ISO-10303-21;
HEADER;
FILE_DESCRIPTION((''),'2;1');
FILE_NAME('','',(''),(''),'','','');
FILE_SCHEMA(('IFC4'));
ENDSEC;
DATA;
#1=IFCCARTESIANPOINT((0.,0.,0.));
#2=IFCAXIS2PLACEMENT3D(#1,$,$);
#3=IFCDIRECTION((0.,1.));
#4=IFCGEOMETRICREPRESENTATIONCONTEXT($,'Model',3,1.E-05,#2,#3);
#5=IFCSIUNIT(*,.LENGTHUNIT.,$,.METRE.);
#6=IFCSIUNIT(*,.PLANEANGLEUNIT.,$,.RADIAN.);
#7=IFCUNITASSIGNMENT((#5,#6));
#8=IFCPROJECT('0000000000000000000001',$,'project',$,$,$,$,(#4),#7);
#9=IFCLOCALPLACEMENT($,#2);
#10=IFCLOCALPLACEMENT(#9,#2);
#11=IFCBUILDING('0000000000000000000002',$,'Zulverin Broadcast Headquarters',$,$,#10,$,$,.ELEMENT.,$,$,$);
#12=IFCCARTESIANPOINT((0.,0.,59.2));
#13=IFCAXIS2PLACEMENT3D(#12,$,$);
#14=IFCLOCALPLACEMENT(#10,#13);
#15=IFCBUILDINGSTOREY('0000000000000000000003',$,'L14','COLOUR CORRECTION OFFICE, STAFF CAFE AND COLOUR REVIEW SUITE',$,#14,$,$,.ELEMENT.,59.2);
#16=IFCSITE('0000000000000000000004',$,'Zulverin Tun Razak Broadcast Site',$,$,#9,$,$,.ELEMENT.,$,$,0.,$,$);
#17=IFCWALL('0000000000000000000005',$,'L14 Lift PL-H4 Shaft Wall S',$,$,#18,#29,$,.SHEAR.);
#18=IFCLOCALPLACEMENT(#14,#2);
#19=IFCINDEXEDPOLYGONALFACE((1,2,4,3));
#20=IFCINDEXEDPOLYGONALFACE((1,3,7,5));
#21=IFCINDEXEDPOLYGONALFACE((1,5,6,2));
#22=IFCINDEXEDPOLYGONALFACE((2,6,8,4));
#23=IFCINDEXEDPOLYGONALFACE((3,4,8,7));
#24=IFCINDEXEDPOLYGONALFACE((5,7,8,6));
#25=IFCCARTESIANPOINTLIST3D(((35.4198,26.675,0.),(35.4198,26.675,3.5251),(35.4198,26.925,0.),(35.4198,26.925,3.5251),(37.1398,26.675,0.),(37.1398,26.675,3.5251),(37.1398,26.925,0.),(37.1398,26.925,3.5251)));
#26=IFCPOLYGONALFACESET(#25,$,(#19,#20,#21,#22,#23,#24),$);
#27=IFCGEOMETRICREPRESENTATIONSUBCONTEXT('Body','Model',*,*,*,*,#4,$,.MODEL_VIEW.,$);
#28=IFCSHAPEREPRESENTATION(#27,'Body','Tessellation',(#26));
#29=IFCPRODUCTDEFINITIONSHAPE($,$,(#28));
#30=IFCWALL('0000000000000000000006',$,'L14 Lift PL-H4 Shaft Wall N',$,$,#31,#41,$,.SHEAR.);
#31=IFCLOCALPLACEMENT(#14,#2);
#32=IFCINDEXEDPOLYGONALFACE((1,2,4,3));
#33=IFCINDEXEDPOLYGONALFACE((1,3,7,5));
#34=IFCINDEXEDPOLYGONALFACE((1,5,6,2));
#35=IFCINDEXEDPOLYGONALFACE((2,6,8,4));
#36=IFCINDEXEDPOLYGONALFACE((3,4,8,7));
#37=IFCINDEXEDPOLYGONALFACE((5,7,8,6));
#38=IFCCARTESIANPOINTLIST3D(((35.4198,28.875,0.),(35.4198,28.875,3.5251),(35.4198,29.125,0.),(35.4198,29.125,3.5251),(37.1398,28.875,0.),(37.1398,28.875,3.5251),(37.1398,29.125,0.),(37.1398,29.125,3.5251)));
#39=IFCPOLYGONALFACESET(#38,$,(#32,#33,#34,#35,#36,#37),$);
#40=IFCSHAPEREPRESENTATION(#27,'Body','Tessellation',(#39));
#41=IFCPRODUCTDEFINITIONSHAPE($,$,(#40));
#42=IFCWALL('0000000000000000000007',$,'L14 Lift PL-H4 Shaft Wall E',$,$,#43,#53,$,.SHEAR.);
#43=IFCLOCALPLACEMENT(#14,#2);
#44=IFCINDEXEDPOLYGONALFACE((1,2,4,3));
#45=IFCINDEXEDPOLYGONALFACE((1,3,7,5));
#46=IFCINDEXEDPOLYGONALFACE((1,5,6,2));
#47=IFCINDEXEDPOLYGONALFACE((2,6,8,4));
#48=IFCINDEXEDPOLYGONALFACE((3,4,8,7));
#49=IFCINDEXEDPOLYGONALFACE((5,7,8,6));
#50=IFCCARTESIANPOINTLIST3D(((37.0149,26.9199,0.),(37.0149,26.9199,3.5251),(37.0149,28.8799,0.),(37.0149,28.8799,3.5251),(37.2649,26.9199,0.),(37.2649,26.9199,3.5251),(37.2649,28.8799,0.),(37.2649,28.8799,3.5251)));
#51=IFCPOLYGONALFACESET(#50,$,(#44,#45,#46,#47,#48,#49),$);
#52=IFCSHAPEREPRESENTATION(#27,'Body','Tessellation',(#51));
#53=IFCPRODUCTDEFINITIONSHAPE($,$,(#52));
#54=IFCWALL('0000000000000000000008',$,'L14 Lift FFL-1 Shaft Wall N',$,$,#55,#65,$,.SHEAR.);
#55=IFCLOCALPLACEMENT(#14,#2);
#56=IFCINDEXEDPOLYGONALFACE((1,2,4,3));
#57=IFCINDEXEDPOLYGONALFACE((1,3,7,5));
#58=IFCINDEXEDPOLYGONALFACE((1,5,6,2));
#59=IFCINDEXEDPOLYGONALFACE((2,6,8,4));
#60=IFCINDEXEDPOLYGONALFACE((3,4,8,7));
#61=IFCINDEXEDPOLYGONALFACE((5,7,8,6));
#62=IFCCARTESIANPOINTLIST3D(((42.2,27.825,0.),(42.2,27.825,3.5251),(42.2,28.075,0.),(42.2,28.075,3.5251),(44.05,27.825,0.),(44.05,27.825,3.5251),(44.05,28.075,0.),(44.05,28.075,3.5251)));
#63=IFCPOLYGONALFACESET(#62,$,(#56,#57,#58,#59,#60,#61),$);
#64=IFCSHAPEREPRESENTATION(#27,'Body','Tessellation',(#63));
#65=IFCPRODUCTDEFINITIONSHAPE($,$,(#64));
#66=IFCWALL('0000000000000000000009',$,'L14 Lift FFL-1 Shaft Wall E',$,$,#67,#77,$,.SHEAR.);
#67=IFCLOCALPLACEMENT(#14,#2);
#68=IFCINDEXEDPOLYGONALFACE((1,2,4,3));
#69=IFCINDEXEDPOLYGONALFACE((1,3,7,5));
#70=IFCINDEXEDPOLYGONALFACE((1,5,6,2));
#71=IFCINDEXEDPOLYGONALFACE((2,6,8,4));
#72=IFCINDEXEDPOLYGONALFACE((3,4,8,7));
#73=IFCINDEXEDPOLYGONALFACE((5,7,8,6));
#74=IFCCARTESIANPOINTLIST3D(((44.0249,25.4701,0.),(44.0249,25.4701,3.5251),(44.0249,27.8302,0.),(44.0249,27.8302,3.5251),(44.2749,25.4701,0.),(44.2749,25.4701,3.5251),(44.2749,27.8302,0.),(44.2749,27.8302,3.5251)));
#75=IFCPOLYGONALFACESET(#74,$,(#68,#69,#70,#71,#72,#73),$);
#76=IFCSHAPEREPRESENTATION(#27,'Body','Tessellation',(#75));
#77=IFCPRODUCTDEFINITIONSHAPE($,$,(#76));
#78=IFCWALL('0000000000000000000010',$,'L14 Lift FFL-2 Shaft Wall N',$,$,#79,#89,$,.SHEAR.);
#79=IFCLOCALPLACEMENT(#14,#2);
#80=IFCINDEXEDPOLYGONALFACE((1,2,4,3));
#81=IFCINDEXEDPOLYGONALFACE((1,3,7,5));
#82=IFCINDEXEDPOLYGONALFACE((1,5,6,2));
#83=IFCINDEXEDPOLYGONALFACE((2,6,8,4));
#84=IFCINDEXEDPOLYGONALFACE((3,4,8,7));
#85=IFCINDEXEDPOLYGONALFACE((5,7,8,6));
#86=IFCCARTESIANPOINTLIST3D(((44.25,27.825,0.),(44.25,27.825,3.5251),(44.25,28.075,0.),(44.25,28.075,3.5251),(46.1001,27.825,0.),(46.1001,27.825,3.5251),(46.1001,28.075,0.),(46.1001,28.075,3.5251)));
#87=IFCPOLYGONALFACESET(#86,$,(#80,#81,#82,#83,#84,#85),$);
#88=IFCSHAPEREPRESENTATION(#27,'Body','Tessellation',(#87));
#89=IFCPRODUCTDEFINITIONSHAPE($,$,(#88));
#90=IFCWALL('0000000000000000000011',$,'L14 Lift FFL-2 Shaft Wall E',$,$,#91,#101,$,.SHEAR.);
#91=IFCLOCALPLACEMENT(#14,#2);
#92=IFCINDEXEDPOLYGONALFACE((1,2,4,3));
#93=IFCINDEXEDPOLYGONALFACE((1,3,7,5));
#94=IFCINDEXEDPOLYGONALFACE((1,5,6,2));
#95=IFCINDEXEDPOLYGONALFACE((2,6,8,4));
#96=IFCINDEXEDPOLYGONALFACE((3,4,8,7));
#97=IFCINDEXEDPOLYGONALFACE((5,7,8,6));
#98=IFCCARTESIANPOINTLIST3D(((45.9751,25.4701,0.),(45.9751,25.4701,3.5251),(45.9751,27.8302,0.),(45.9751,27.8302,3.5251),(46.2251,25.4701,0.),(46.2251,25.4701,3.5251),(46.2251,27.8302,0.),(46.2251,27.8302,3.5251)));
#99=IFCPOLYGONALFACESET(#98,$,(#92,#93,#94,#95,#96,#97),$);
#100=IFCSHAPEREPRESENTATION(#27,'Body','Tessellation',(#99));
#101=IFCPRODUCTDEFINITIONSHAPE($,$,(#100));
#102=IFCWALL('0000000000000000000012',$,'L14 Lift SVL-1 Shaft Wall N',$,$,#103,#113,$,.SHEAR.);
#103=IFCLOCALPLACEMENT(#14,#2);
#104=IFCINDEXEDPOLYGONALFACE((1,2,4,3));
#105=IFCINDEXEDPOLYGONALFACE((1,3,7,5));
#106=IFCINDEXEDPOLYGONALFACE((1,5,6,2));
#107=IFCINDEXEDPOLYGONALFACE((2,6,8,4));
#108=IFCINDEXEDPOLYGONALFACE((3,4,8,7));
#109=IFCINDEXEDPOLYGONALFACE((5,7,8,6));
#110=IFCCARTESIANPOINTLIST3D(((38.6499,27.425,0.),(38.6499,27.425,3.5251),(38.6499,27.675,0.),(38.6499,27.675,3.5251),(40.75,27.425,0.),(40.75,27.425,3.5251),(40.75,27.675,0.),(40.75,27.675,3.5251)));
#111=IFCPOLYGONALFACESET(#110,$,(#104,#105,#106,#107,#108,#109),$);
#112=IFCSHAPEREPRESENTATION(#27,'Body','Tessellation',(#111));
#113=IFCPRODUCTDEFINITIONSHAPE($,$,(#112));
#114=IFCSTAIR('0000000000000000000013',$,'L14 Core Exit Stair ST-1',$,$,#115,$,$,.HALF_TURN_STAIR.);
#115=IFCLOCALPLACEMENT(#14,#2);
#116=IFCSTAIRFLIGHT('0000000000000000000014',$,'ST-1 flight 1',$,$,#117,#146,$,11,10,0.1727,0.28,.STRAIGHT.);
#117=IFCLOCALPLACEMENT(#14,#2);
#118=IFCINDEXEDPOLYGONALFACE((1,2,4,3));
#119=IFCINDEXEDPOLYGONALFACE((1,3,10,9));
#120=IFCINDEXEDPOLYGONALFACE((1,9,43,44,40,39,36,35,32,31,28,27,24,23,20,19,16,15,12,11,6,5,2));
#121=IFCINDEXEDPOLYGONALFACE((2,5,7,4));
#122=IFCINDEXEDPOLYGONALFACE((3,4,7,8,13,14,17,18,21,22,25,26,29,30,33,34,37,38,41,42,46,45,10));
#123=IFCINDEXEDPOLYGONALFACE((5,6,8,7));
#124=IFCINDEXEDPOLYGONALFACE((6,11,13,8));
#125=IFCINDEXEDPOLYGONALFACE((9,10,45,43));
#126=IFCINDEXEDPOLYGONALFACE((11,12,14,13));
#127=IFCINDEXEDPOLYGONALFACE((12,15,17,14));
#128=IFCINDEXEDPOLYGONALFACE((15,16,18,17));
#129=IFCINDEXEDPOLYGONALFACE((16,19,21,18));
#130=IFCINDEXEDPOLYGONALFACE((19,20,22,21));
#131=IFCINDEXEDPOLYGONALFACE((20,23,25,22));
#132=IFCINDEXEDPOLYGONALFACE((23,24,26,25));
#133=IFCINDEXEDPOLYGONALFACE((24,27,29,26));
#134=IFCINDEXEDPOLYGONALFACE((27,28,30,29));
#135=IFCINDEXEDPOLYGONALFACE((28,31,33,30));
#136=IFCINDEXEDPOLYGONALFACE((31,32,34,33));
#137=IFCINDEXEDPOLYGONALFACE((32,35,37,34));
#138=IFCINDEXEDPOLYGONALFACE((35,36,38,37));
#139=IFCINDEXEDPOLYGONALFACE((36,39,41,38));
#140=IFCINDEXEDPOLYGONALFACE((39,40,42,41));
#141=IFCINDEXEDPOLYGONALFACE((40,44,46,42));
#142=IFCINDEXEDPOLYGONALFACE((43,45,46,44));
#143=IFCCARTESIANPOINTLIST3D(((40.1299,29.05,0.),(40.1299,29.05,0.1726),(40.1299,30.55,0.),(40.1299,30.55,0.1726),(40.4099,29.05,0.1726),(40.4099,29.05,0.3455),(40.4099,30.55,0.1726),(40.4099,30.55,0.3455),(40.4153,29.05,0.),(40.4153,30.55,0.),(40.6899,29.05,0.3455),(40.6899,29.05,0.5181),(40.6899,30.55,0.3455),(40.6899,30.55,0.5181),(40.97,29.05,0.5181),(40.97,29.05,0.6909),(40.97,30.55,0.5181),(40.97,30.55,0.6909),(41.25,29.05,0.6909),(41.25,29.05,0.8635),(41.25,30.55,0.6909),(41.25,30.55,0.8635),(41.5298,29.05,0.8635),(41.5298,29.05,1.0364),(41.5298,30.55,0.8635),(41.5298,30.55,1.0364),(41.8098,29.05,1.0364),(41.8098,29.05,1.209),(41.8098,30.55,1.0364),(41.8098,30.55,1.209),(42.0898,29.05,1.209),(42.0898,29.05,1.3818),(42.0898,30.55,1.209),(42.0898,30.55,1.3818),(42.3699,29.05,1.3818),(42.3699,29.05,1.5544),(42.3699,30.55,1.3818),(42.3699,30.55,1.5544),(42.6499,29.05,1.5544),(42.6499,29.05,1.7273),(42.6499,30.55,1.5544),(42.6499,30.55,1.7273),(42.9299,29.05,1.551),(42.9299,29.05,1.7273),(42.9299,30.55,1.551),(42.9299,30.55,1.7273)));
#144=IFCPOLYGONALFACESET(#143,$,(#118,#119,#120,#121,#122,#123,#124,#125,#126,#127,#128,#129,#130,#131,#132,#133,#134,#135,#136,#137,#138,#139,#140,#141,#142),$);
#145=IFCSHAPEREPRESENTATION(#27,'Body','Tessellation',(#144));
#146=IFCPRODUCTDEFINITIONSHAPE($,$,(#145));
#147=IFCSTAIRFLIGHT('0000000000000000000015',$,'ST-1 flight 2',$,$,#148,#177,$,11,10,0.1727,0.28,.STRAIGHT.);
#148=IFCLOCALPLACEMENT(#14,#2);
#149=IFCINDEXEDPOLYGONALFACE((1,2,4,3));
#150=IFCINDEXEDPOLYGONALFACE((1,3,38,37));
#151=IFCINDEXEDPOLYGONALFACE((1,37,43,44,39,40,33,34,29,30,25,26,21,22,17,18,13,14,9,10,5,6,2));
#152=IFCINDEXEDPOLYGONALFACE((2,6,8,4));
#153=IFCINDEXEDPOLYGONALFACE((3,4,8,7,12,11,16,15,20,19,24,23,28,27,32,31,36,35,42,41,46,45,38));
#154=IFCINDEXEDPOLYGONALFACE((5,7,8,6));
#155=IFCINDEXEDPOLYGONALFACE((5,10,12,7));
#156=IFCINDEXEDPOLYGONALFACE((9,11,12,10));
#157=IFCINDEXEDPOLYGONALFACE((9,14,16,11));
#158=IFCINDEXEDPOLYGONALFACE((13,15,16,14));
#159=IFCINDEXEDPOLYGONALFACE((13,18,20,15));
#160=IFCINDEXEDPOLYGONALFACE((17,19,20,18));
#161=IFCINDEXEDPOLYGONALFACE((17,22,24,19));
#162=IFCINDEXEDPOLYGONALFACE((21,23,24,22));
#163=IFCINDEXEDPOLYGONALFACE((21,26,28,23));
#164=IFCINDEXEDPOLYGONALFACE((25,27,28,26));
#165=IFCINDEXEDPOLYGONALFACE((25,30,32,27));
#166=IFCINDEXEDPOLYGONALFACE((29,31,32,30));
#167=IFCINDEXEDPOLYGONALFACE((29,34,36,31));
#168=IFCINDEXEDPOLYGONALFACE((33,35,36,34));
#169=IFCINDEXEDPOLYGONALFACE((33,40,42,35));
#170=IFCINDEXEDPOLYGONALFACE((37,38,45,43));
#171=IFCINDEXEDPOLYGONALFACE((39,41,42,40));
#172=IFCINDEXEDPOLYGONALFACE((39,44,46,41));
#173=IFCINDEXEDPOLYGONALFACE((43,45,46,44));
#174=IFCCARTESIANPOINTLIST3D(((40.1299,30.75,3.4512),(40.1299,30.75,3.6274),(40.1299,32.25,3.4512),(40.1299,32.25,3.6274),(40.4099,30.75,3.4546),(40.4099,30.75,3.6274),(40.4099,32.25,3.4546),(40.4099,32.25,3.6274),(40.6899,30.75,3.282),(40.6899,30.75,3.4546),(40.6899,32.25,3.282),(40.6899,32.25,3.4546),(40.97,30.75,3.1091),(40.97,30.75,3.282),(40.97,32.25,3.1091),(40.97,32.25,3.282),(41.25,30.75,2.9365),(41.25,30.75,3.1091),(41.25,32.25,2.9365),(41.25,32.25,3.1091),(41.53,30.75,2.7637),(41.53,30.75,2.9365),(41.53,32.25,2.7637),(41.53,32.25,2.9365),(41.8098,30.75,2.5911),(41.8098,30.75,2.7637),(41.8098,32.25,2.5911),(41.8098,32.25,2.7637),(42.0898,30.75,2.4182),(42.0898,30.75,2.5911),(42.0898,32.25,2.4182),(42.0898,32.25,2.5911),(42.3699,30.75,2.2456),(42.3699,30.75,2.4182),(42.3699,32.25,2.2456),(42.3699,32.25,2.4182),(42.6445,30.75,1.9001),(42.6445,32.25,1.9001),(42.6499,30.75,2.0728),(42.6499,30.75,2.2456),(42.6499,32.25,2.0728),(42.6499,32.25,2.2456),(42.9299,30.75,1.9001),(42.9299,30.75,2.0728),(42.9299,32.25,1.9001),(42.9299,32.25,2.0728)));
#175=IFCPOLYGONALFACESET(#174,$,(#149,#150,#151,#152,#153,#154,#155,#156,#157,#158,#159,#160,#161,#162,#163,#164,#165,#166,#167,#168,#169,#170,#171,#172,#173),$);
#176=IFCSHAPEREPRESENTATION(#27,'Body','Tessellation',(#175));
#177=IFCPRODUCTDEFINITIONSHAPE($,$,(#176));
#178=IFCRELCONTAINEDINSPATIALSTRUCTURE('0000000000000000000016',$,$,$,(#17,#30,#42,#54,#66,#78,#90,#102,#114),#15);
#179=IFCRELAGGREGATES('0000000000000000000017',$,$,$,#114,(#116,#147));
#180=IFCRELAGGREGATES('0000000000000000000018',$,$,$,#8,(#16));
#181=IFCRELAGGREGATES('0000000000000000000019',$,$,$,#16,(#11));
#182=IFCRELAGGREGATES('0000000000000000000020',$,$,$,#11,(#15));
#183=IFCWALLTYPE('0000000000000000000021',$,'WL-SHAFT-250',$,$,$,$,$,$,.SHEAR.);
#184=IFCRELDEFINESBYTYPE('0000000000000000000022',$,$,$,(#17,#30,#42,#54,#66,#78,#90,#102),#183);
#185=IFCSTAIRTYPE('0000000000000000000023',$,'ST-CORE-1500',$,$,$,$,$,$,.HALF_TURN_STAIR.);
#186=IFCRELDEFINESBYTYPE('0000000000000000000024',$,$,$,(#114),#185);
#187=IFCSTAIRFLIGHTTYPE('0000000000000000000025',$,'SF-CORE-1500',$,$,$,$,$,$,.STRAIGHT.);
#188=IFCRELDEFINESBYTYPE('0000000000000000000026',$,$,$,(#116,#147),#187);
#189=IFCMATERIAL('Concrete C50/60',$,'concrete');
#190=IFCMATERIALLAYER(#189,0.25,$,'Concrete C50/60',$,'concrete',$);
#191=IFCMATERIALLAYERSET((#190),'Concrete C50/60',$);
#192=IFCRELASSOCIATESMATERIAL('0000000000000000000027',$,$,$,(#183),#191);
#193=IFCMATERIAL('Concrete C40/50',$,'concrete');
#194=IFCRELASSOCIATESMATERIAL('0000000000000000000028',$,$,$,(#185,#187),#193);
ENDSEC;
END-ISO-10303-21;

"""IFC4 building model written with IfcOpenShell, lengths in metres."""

from ifc_helpers import new_model, si_unit, direction, frame, frame_2d, origin, place, context, subcontext, project, spatial, polyline, rectangle, outline, extrude, material, layer, layer_set, type_object, element, aggregate, save


model = new_model("IFC4")

# Units and contexts
model_context = context("Model", 3, precision=1e-05, world=origin(), true_north=direction((0.0, 1.0)))
body_context = subcontext(model_context, "Body", "Model", "MODEL_VIEW")
ifc_project = project(units=[si_unit("LENGTHUNIT", "METRE"), si_unit("PLANEANGLEUNIT", "RADIAN")], contexts=[model_context])

# Site, building, storey
site_placement = place(None, origin())
site = spatial("IfcSite", under=ifc_project, at=site_placement, Name="Zulverin Tun Razak Broadcast Site", CompositionType="ELEMENT", RefElevation=0.0)
building_placement = place(site_placement, origin())
building = spatial("IfcBuilding", under=site, at=building_placement, Name="Zulverin Broadcast Headquarters", CompositionType="ELEMENT")
storey_placement = place(building_placement, frame((0.0, 0.0, 59.2)))
storey = spatial("IfcBuildingStorey", under=building, at=storey_placement, Name="L14", Description="COLOUR CORRECTION OFFICE, STAFF CAFE AND COLOUR REVIEW SUITE", CompositionType="ELEMENT", Elevation=59.2)

# Shared definitions
ifc_material_1 = material(Name="Concrete C40/50", Category="concrete")

# Shared definitions
ifc_material_2 = material(Name="Concrete C50/60", Category="concrete")
ifc_layer_1 = layer(ifc_material_2, 0.25, Name="Concrete C50/60", Category="concrete")
ifc_layer_set_1 = layer_set([ifc_layer_1], Name="Concrete C50/60")
wall_type_1 = type_object("IfcWallType", Name="WL-SHAFT-250", PredefinedType="SHEAR", material=ifc_layer_set_1)

# Walls
for number, where, z_axis, x_axis, name in (
    (1, (35.4199, 26.8, 0.0), (0.0, 0.0, 1.0), (1.0, 0.0, 0.0), "L14 Lift PL-H4 Shaft Wall S"),
    (2, (35.4199, 29.0, 0.0), (0.0, 0.0, 1.0), (1.0, 0.0, 0.0), "L14 Lift PL-H4 Shaft Wall N"),
):
    element("IfcWall", number, at=place(storey_placement, frame(where, z_axis=z_axis, x_axis=x_axis)), inside=storey, type_object=wall_type_1, Name=name, PredefinedType="SHEAR", context=body_context, shape_type="SweptSolid", body=[
        extrude(rectangle(XDim=1.72, YDim=0.25, at=frame_2d((0.8599, 0.0))), origin(), (0.0, 0.0, 1.0), 3.5251),
    ])
wall_1_placement = place(storey_placement, frame((37.1399, 26.9199, 0.0), z_axis=(0.0, 0.0, 1.0), x_axis=(0.0, 1.0, 0.0)))
element("IfcWall", 3, at=wall_1_placement, inside=storey, type_object=wall_type_1, Name="L14 Lift PL-H4 Shaft Wall E", PredefinedType="SHEAR", context=body_context, shape_type="SweptSolid", body=[
    extrude(rectangle(XDim=1.96, YDim=0.25, at=frame_2d((0.98, 0.0))), origin(), (0.0, 0.0, 1.0), 3.5251),
])
wall_2_placement = place(storey_placement, frame((42.2, 27.95, 0.0), z_axis=(0.0, 0.0, 1.0), x_axis=(1.0, 0.0, 0.0)))
element("IfcWall", 4, at=wall_2_placement, inside=storey, type_object=wall_type_1, Name="L14 Lift FFL-1 Shaft Wall N", PredefinedType="SHEAR", context=body_context, shape_type="SweptSolid", body=[
    extrude(rectangle(XDim=1.8501, YDim=0.25, at=frame_2d((0.925, 0.0))), origin(), (0.0, 0.0, 1.0), 3.5251),
])
wall_3_placement = place(storey_placement, frame((44.1499, 25.47, 0.0), z_axis=(0.0, 0.0, 1.0), x_axis=(0.0, 1.0, 0.0)))
element("IfcWall", 5, at=wall_3_placement, inside=storey, type_object=wall_type_1, Name="L14 Lift FFL-1 Shaft Wall E", PredefinedType="SHEAR", context=body_context, shape_type="SweptSolid", body=[
    extrude(rectangle(XDim=2.3601, YDim=0.25, at=frame_2d((1.1802, 0.0))), origin(), (0.0, 0.0, 1.0), 3.5251),
])
wall_4_placement = place(storey_placement, frame((44.25, 27.95, 0.0), z_axis=(0.0, 0.0, 1.0), x_axis=(1.0, 0.0, 0.0)))
element("IfcWall", 6, at=wall_4_placement, inside=storey, type_object=wall_type_1, Name="L14 Lift FFL-2 Shaft Wall N", PredefinedType="SHEAR", context=body_context, shape_type="SweptSolid", body=[
    extrude(rectangle(XDim=1.8501, YDim=0.25, at=frame_2d((0.925, 0.0))), origin(), (0.0, 0.0, 1.0), 3.5251),
])
wall_5_placement = place(storey_placement, frame((46.1001, 25.47, 0.0), z_axis=(0.0, 0.0, 1.0), x_axis=(0.0, 1.0, 0.0)))
element("IfcWall", 7, at=wall_5_placement, inside=storey, type_object=wall_type_1, Name="L14 Lift FFL-2 Shaft Wall E", PredefinedType="SHEAR", context=body_context, shape_type="SweptSolid", body=[
    extrude(rectangle(XDim=2.3601, YDim=0.25, at=frame_2d((1.1802, 0.0))), origin(), (0.0, 0.0, 1.0), 3.5251),
])
wall_6_placement = place(storey_placement, frame((38.6499, 27.55, 0.0), z_axis=(0.0, 0.0, 1.0), x_axis=(1.0, 0.0, 0.0)))
element("IfcWall", 8, at=wall_6_placement, inside=storey, type_object=wall_type_1, Name="L14 Lift SVL-1 Shaft Wall N", PredefinedType="SHEAR", context=body_context, shape_type="SweptSolid", body=[
    extrude(rectangle(XDim=2.1001, YDim=0.25, at=frame_2d((1.05, 0.0))), origin(), (0.0, 0.0, 1.0), 3.5251),
])

# Stair, stair flights
stair_type = type_object("IfcStairType", Name="ST-CORE-1500", PredefinedType="HALF_TURN_STAIR", material=ifc_material_1)
stair_placement = place(storey_placement, origin())
stair = element("IfcStair", 9, at=stair_placement, inside=storey, type_object=stair_type, Name="L14 Core Exit Stair ST-1", PredefinedType="HALF_TURN_STAIR")
stair_flight_type = type_object("IfcStairFlightType", Name="SF-CORE-1500", PredefinedType="STRAIGHT", material=ifc_material_1)
stair_flight_1_placement = place(storey_placement, frame((40.1299, 29.8, 0.0), z_axis=(0.0, 0.0, 1.0), x_axis=(1.0, 0.0, 0.0)))
stair_flight_1 = element("IfcStairFlight", 10, at=stair_flight_1_placement, type_object=stair_flight_type, Name="ST-1 flight 1", NumberOfRisers=11, NumberOfTreads=10, PredefinedType="STRAIGHT", RiserHeight=0.1727, TreadLength=0.28, context=body_context, shape_type="SweptSolid", body=[
    extrude(outline(polyline([(0.0, 0.0), (0.0, 0.1726), (0.28, 0.1726), (0.28, 0.3455), (0.5601, 0.3455), (0.5601, 0.5181), (0.8401, 0.5181), (0.8401, 0.6909), (1.1201, 0.6909), (1.1201, 0.8635), (1.3999, 0.8635), (1.3999, 1.0364), (1.6799, 1.0364), (1.6799, 1.209), (1.96, 1.209), (1.96, 1.3818), (2.24, 1.3818), (2.24, 1.5544), (2.52, 1.5544), (2.52, 1.7273), (2.8, 1.7273), (2.8, 1.8999), (2.8, 1.551), (0.2854, 0.0), (0.0, 0.0)])), frame((0.0, 0.75, 0.0), z_axis=(0.0, -1.0, 0.0), x_axis=(1.0, 0.0, 0.0)), (0.0, 0.0, 1.0), 1.5),
])
stair_flight_2_placement = place(storey_placement, frame((42.9299, 31.5, 1.9001), z_axis=(0.0, 0.0, 1.0), x_axis=(-1.0, 0.0, 0.0)))
stair_flight_2 = element("IfcStairFlight", 11, at=stair_flight_2_placement, type_object=stair_flight_type, Name="ST-1 flight 2", NumberOfRisers=11, NumberOfTreads=10, PredefinedType="STRAIGHT", RiserHeight=0.1727, TreadLength=0.28, context=body_context, shape_type="SweptSolid", body=[
    extrude(outline(polyline([(0.0, 0.0), (0.0, 0.1726), (0.28, 0.1726), (0.28, 0.3455), (0.5601, 0.3455), (0.5601, 0.5181), (0.8401, 0.5181), (0.8401, 0.6909), (1.1201, 0.6909), (1.1201, 0.8635), (1.3999, 0.8635), (1.3999, 1.0364), (1.6799, 1.0364), (1.6799, 1.209), (1.96, 1.209), (1.96, 1.3818), (2.24, 1.3818), (2.24, 1.5544), (2.52, 1.5544), (2.52, 1.7273), (2.8, 1.7273), (2.8, 1.8999), (2.8, 1.551), (0.2854, 0.0), (0.0, 0.0)])), frame((0.0, 0.75, 0.0), z_axis=(0.0, -1.0, 0.0), x_axis=(1.0, 0.0, 0.0)), (0.0, 0.0, 1.0), 1.5),
])
aggregate(stair, [stair_flight_1, stair_flight_2])

save(model, "model.ifc")
